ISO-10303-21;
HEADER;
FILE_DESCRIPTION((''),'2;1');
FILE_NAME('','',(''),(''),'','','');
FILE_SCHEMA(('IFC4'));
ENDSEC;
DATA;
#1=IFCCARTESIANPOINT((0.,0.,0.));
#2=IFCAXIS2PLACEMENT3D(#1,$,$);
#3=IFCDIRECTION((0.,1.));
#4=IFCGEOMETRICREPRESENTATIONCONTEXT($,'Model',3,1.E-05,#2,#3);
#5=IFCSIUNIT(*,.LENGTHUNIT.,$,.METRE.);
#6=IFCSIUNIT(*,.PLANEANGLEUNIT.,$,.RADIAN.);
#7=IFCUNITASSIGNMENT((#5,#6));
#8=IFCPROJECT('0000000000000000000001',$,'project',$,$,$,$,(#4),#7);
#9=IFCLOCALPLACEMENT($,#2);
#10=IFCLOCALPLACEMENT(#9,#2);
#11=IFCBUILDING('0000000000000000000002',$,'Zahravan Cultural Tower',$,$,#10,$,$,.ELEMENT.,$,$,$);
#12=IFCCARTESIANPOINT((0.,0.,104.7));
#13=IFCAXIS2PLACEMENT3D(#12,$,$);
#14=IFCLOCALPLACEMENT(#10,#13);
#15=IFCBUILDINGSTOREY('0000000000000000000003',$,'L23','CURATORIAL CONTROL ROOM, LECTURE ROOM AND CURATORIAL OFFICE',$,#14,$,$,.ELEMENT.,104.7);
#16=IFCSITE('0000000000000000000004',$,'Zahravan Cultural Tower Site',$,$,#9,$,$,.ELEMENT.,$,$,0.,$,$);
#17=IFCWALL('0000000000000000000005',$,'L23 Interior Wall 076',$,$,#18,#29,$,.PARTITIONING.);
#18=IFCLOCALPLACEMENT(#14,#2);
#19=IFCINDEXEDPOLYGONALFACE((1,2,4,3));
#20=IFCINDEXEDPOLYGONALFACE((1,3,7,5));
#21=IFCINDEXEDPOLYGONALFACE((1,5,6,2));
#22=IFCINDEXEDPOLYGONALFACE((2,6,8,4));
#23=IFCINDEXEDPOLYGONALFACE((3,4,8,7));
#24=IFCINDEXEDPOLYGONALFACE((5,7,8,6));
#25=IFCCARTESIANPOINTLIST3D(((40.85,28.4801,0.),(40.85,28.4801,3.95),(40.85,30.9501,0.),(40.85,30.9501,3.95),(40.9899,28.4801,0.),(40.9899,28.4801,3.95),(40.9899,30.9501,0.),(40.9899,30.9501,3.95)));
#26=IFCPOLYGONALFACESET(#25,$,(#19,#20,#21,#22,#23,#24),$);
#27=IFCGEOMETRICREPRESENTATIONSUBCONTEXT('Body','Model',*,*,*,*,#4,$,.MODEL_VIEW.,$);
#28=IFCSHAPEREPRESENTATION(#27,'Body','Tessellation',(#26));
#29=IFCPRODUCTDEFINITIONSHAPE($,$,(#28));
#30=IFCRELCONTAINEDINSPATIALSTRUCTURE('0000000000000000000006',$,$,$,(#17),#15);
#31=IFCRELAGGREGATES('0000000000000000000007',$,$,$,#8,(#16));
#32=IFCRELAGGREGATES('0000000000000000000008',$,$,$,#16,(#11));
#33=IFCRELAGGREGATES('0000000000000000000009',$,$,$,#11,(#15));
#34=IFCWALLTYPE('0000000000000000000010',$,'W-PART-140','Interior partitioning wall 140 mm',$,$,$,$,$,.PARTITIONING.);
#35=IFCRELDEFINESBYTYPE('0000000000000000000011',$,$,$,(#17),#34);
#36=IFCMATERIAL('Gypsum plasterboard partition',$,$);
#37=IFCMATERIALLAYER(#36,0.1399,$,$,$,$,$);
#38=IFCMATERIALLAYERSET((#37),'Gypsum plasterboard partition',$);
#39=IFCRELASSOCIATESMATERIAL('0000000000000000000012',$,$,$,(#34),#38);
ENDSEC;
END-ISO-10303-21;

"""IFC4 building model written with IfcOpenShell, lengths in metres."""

from ifc_helpers import new_model, si_unit, direction, frame, frame_2d, origin, place, context, subcontext, project, spatial, rectangle, extrude, source, transform, mapped, material, layer, layer_set, type_object, element, save


model = new_model("IFC4")

# Units and contexts
model_context = context("Model", 3, precision=1e-05, world=origin(), true_north=direction((0.0, 1.0)))
body_context = subcontext(model_context, "Body", "Model", "MODEL_VIEW")
ifc_project = project(units=[si_unit("LENGTHUNIT", "METRE"), si_unit("PLANEANGLEUNIT", "RADIAN")], contexts=[model_context])

# Site, building, storey
site_placement = place(None, origin())
site = spatial("IfcSite", under=ifc_project, at=site_placement, Name="Zahravan Cultural Tower Site", CompositionType="ELEMENT", RefElevation=0.0)
building_placement = place(site_placement, origin())
building = spatial("IfcBuilding", under=site, at=building_placement, Name="Zahravan Cultural Tower", CompositionType="ELEMENT")
storey_placement = place(building_placement, frame((0.0, 0.0, 104.7)))
storey = spatial("IfcBuildingStorey", under=building, at=storey_placement, Name="L23", Description="CURATORIAL CONTROL ROOM, LECTURE ROOM AND CURATORIAL OFFICE", CompositionType="ELEMENT", Elevation=104.7)

# Shared definitions
ifc_material_1 = material(Name="Gypsum plasterboard partition")
ifc_layer_1 = layer(ifc_material_1, 0.1399)
ifc_layer_set_1 = layer_set([ifc_layer_1], Name="Gypsum plasterboard partition")
wall_type_1 = type_object("IfcWallType", Name="W-PART-140", Description="Interior partitioning wall 140 mm", PredefinedType="PARTITIONING", material=ifc_layer_set_1)

# Wall
shared_shape_1 = source(origin(), body_context, "Body", "SweptSolid", [
    extrude(rectangle(XDim=2.47, YDim=0.1399, at=frame_2d((1.2349, 0.0))), origin(), (0.0, 0.0, 1.0), 3.95),
])
wall_1_placement = place(storey_placement, frame((40.9199, 30.95, 0.0), z_axis=(0.0, 0.0, 1.0), x_axis=(0.0, -1.0, 0.0)))
element("IfcWall", 1, at=wall_1_placement, inside=storey, type_object=wall_type_1, Name="L23 Interior Wall 076", PredefinedType="PARTITIONING", context=body_context, shape_type="MappedRepresentation", body=[
    mapped(shared_shape_1, transform((0.0, 0.0, 0.0), x_axis=(1.0, 0.0, 0.0), y_axis=(0.0, 1.0, 0.0), z_axis=(0.0, 0.0, 1.0), scale=1.0)),
])

save(model, "model.ifc")
